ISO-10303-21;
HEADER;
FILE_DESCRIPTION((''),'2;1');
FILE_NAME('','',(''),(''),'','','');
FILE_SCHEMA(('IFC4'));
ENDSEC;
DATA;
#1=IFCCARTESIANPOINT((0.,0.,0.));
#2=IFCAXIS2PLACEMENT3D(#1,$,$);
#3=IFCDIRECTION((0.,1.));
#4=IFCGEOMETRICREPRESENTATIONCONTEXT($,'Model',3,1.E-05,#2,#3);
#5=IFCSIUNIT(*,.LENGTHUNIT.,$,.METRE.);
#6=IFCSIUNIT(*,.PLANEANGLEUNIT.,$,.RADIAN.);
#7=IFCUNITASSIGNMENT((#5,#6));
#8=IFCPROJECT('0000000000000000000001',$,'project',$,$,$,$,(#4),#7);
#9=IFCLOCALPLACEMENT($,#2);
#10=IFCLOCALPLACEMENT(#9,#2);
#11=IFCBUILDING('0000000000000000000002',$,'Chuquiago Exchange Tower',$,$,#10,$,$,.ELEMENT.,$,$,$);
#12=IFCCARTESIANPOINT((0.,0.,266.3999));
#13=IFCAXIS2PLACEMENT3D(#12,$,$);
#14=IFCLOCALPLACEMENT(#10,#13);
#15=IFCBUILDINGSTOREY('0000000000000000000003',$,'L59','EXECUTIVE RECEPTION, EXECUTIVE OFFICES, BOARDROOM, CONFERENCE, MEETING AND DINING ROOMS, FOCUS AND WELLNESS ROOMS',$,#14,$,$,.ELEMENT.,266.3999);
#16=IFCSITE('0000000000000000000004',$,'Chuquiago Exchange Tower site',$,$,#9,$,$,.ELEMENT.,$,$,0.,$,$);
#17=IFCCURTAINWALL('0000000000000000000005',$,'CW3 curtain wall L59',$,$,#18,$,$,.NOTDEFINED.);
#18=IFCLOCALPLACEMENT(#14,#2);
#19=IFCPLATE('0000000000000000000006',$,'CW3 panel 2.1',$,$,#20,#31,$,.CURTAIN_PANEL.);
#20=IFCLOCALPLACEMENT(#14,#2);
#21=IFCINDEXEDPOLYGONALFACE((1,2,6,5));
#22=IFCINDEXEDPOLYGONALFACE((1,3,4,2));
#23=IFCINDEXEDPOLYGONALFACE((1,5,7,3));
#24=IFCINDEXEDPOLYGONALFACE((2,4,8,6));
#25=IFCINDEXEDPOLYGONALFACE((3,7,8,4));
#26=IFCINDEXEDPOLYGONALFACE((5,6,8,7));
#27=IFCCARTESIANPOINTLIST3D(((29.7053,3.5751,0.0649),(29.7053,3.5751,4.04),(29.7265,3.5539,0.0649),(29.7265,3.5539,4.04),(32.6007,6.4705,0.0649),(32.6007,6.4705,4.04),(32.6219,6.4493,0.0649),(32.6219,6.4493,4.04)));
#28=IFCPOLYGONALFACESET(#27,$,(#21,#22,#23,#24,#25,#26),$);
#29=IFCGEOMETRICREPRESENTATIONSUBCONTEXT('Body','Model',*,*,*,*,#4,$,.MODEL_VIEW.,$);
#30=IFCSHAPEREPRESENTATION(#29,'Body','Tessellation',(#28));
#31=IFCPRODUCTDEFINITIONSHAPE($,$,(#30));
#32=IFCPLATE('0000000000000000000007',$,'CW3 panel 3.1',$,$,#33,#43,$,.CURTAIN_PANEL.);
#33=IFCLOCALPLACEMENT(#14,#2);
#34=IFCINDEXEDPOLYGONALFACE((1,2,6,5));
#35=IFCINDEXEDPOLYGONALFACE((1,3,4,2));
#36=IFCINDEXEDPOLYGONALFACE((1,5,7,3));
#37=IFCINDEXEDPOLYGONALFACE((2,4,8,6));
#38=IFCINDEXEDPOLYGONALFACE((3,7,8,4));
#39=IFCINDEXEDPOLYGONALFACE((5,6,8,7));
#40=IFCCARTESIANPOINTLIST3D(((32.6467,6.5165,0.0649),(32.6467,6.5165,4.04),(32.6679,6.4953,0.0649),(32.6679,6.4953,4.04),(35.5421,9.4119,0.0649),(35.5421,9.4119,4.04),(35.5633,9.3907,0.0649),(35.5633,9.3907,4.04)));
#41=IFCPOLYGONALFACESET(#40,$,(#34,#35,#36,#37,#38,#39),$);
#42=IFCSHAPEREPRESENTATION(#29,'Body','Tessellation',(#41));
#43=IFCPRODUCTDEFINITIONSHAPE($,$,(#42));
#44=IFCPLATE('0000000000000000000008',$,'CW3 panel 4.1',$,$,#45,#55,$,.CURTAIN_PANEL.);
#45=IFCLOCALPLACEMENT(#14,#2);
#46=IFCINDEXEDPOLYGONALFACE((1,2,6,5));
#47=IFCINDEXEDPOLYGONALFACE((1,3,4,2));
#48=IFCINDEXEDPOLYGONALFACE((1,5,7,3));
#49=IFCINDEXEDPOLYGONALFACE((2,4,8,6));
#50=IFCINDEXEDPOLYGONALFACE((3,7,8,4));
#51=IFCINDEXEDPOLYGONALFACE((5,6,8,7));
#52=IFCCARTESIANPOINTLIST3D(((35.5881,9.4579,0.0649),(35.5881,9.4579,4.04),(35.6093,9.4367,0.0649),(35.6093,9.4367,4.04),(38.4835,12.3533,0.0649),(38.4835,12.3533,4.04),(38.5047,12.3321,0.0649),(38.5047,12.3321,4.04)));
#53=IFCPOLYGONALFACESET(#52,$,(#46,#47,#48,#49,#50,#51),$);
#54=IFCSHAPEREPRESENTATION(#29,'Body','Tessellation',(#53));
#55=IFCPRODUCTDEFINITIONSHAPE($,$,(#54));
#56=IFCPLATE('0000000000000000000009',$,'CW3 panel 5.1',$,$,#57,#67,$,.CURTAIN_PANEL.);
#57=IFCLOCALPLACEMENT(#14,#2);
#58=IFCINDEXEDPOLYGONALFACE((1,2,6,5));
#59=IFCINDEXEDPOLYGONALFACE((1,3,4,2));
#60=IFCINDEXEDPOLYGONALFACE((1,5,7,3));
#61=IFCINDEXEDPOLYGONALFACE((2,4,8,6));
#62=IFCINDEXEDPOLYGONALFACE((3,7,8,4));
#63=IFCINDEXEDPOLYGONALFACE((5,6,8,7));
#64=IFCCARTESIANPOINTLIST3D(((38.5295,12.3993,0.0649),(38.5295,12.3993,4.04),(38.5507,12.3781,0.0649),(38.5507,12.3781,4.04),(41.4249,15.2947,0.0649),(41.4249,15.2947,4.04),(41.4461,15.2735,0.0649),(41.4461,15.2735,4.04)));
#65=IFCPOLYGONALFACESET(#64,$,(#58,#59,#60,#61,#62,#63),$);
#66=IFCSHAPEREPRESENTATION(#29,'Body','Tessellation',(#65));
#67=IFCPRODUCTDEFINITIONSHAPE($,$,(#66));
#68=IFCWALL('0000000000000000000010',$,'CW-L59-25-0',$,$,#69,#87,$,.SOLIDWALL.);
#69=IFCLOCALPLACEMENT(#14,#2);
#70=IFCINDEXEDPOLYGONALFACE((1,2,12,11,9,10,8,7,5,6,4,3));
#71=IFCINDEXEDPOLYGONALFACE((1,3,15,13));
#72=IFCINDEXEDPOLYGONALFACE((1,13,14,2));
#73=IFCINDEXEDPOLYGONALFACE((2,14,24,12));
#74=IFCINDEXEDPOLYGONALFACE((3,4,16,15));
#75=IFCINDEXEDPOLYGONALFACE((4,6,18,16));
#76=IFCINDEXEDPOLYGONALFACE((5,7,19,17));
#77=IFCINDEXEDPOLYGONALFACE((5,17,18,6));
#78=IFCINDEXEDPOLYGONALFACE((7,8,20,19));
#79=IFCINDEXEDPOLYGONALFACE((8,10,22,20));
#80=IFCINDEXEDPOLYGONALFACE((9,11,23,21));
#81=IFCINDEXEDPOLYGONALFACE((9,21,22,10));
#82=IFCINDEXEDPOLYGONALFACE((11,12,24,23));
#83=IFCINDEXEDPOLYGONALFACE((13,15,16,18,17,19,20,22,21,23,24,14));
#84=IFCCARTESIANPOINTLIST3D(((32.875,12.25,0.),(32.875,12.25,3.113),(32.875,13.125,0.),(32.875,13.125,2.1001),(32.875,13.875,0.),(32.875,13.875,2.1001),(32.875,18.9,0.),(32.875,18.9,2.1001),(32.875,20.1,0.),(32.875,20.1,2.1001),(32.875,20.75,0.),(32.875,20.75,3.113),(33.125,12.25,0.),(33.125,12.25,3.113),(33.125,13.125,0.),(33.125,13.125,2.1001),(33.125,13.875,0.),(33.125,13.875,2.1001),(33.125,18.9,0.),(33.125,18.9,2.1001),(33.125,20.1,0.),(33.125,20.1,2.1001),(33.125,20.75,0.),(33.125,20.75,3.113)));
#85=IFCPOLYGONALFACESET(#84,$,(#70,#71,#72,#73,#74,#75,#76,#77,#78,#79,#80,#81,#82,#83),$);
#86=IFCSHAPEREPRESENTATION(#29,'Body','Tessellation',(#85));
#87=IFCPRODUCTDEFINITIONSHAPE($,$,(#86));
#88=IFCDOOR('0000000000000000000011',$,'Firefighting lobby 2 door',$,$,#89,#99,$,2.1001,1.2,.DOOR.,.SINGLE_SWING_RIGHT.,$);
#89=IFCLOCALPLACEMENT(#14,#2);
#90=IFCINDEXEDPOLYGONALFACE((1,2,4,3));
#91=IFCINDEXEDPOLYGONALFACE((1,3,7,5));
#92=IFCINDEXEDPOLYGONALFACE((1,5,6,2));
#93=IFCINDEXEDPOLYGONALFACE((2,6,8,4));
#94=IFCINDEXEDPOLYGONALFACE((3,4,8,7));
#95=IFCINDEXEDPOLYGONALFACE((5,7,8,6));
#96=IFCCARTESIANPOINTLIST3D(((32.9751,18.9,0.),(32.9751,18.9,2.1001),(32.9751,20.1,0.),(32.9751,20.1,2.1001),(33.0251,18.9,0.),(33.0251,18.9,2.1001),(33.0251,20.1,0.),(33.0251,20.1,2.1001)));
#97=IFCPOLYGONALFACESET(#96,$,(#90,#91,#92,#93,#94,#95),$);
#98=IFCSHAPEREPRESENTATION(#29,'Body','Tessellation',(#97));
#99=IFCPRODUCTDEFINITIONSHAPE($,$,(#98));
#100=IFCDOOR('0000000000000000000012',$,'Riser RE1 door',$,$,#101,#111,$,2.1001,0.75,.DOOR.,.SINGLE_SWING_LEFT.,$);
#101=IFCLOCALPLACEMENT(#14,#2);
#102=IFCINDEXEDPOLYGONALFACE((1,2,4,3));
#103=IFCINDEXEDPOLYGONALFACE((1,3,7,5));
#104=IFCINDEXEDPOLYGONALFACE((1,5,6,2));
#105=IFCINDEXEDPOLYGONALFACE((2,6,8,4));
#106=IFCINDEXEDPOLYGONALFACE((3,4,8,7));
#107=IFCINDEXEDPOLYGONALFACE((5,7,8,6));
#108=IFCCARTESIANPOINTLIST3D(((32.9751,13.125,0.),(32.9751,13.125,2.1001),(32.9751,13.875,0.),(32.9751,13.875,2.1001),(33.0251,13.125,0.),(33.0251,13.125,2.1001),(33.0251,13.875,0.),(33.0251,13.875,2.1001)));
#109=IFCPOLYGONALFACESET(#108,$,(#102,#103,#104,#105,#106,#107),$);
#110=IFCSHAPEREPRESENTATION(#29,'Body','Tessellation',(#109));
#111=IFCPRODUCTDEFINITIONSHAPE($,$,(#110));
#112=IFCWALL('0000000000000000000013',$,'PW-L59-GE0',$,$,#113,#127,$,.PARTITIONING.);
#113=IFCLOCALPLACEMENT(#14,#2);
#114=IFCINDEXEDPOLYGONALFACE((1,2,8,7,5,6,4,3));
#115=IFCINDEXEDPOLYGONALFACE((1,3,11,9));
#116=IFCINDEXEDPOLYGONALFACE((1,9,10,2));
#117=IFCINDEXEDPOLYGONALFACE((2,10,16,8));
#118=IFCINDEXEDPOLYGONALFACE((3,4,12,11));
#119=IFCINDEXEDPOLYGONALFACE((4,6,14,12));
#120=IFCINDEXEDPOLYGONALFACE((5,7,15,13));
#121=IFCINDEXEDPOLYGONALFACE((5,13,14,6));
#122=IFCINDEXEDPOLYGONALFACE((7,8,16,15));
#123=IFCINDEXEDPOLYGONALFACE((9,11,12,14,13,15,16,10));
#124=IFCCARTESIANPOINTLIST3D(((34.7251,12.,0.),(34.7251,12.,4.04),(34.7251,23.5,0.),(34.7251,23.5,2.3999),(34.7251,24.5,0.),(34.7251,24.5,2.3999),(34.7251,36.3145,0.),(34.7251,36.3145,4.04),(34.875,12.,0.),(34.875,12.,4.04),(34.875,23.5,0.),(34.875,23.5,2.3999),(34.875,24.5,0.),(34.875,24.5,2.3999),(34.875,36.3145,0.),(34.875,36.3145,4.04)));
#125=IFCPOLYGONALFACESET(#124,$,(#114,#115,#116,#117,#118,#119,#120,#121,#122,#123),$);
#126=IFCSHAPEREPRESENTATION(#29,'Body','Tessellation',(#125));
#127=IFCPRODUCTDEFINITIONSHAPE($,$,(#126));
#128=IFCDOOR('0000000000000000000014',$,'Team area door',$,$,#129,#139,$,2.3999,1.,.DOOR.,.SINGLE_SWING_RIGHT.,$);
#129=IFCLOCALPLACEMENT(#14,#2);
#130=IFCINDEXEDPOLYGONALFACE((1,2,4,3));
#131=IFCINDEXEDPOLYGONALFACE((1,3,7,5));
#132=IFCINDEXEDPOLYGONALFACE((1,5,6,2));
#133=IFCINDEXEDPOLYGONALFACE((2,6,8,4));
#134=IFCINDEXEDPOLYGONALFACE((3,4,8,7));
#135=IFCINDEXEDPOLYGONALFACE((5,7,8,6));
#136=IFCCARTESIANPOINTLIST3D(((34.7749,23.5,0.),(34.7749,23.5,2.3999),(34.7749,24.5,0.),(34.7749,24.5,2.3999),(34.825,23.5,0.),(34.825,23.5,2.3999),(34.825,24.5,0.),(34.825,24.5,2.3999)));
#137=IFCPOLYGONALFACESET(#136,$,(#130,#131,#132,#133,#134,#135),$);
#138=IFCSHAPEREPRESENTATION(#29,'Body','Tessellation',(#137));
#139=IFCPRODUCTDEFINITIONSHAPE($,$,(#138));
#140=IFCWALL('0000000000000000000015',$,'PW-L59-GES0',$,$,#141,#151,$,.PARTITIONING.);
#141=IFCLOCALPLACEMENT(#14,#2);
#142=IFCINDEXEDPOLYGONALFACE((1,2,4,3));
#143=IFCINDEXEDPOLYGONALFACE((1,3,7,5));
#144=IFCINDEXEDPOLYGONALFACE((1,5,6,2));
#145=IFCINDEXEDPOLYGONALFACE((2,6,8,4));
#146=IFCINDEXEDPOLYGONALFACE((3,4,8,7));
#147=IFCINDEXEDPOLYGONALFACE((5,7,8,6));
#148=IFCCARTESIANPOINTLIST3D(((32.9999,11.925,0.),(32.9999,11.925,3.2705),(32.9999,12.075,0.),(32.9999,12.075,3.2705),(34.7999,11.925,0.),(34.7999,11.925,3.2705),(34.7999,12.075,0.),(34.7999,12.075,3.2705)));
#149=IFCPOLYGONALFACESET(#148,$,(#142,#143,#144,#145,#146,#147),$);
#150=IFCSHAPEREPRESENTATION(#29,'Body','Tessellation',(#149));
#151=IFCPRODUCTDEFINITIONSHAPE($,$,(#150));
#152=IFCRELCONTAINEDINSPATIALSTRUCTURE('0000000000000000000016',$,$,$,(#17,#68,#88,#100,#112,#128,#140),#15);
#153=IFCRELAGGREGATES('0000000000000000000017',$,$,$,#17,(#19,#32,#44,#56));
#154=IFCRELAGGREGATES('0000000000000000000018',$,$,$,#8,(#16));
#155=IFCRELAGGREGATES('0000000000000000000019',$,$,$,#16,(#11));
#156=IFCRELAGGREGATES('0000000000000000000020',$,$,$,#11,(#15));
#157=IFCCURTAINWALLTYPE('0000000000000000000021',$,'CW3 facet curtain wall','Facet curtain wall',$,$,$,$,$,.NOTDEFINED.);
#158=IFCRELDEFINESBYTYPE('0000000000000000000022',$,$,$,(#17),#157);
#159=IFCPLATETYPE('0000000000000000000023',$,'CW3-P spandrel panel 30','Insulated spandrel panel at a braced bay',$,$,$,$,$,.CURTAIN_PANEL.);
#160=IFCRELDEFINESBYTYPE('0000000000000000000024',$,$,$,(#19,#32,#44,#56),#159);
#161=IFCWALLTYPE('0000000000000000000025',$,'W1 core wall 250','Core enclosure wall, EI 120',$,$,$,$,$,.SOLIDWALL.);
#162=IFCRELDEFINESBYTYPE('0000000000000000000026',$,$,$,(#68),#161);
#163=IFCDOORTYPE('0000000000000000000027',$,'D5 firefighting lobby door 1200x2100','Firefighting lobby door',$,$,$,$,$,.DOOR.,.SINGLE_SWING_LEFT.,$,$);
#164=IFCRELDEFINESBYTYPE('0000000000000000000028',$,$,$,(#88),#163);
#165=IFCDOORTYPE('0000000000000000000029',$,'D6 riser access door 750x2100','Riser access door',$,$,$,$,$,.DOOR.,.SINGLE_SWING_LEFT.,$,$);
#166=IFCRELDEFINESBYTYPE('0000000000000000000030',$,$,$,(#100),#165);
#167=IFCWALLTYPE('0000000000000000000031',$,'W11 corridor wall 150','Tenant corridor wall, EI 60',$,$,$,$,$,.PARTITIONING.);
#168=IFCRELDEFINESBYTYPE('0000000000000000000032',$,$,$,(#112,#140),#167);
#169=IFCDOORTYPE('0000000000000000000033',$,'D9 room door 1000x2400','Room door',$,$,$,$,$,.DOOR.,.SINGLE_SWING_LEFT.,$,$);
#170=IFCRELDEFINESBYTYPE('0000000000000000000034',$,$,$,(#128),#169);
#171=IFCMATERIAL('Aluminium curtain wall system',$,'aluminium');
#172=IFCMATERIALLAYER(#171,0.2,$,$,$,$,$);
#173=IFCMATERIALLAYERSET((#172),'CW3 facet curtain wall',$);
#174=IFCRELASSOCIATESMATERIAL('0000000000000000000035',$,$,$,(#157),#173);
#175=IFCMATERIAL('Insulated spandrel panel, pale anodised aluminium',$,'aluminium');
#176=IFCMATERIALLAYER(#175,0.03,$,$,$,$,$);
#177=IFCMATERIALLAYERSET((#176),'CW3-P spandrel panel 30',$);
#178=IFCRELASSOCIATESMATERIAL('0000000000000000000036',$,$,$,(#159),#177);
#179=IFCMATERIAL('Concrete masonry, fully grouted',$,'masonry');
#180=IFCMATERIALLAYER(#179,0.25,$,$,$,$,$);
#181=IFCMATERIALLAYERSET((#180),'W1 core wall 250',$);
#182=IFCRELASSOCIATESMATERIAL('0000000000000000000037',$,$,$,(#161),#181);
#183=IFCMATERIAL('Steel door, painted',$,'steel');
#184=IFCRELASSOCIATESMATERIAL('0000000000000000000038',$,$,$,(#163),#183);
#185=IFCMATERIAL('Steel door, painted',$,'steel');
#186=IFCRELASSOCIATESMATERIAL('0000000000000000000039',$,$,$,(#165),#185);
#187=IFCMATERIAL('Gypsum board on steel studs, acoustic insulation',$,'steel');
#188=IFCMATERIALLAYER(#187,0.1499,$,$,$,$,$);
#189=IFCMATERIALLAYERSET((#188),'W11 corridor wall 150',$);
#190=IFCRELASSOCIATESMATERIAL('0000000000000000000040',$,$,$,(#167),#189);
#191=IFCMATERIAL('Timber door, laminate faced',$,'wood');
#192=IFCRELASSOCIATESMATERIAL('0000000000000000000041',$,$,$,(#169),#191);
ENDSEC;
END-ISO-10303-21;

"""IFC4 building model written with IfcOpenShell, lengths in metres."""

from ifc_helpers import new_model, si_unit, direction, frame, frame_2d, origin, origin_2d, place, context, subcontext, project, spatial, rectangle, extrude, material, layer, layer_set, type_object, element, fill, aggregate, save


model = new_model("IFC4")

# Units and contexts
model_context = context("Model", 3, precision=1e-05, world=origin(), true_north=direction((0.0, 1.0)))
body_context = subcontext(model_context, "Body", "Model", "MODEL_VIEW")
ifc_project = project(units=[si_unit("LENGTHUNIT", "METRE"), si_unit("PLANEANGLEUNIT", "RADIAN")], contexts=[model_context])

# Site, building, storey
site_placement = place(None, origin())
site = spatial("IfcSite", under=ifc_project, at=site_placement, Name="Chuquiago Exchange Tower site", CompositionType="ELEMENT", RefElevation=0.0)
building_placement = place(site_placement, origin())
building = spatial("IfcBuilding", under=site, at=building_placement, Name="Chuquiago Exchange Tower", CompositionType="ELEMENT")
storey_placement = place(building_placement, frame((0.0, 0.0, 266.3999)))
storey = spatial("IfcBuildingStorey", under=building, at=storey_placement, Name="L59", Description="EXECUTIVE RECEPTION, EXECUTIVE OFFICES, BOARDROOM, CONFERENCE, MEETING AND DINING ROOMS, FOCUS AND WELLNESS ROOMS", CompositionType="ELEMENT", Elevation=266.3999)

# Curtain wall
ifc_material_1 = material(Name="Aluminium curtain wall system", Category="aluminium")
ifc_layer_1 = layer(ifc_material_1, 0.2)
ifc_layer_set_1 = layer_set([ifc_layer_1], Name="CW3 facet curtain wall")
curtain_wall_type = type_object("IfcCurtainWallType", Name="CW3 facet curtain wall", Description="Facet curtain wall", PredefinedType="NOTDEFINED", material=ifc_layer_set_1)
curtain_wall_placement = place(storey_placement, origin())
curtain_wall = element("IfcCurtainWall", 1, at=curtain_wall_placement, inside=storey, type_object=curtain_wall_type, Name="CW3 curtain wall L59", PredefinedType="NOTDEFINED")

# Plates
ifc_material_2 = material(Name="Insulated spandrel panel, pale anodised aluminium", Category="aluminium")
ifc_layer_2 = layer(ifc_material_2, 0.03)
ifc_layer_set_2 = layer_set([ifc_layer_2], Name="CW3-P spandrel panel 30")
plate_type = type_object("IfcPlateType", Name="CW3-P spandrel panel 30", Description="Insulated spandrel panel at a braced bay", PredefinedType="CURTAIN_PANEL", material=ifc_layer_set_2)
plate_1_placement = place(storey_placement, frame((31.1636, 5.0122, 0.0649), z_axis=(0.0, 0.0, 1.0), x_axis=(0.707107, 0.707107, 0.0)))
plate_1 = element("IfcPlate", 2, at=plate_1_placement, type_object=plate_type, Name="CW3 panel 2.1", PredefinedType="CURTAIN_PANEL", context=body_context, shape_type="SweptSolid", body=[
    extrude(rectangle(XDim=4.0947, YDim=0.03, at=origin_2d()), origin(), (0.0, 0.0, 1.0), 3.9751),
])
plate_2_placement = place(storey_placement, frame((34.105, 7.9536, 0.0649), z_axis=(0.0, 0.0, 1.0), x_axis=(0.707107, 0.707107, 0.0)))
plate_2 = element("IfcPlate", 3, at=plate_2_placement, type_object=plate_type, Name="CW3 panel 3.1", PredefinedType="CURTAIN_PANEL", context=body_context, shape_type="SweptSolid", body=[
    extrude(rectangle(XDim=4.0947, YDim=0.03, at=origin_2d()), origin(), (0.0, 0.0, 1.0), 3.9751),
])
plate_3_placement = place(storey_placement, frame((37.0464, 10.895, 0.0649), z_axis=(0.0, 0.0, 1.0), x_axis=(0.707107, 0.707107, 0.0)))
plate_3 = element("IfcPlate", 4, at=plate_3_placement, type_object=plate_type, Name="CW3 panel 4.1", PredefinedType="CURTAIN_PANEL", context=body_context, shape_type="SweptSolid", body=[
    extrude(rectangle(XDim=4.0947, YDim=0.03, at=origin_2d()), origin(), (0.0, 0.0, 1.0), 3.9751),
])
plate_4_placement = place(storey_placement, frame((39.9878, 13.8364, 0.0649), z_axis=(0.0, 0.0, 1.0), x_axis=(0.707107, 0.707107, 0.0)))
plate_4 = element("IfcPlate", 5, at=plate_4_placement, type_object=plate_type, Name="CW3 panel 5.1", PredefinedType="CURTAIN_PANEL", context=body_context, shape_type="SweptSolid", body=[
    extrude(rectangle(XDim=4.0947, YDim=0.03, at=origin_2d()), origin(), (0.0, 0.0, 1.0), 3.9751),
])
aggregate(curtain_wall, [plate_1, plate_2, plate_3, plate_4])

# Wall, openings, doors
ifc_material_3 = material(Name="Concrete masonry, fully grouted", Category="masonry")
ifc_layer_3 = layer(ifc_material_3, 0.25)
ifc_layer_set_3 = layer_set([ifc_layer_3], Name="W1 core wall 250")
wall_type_1 = type_object("IfcWallType", Name="W1 core wall 250", Description="Core enclosure wall, EI 120", PredefinedType="SOLIDWALL", material=ifc_layer_set_3)
wall_1_placement = place(storey_placement, frame((33.0, 12.25, 0.0), z_axis=(0.0, 0.0, 1.0), x_axis=(0.0, 1.0, 0.0)))
wall_1 = element("IfcWall", 6, at=wall_1_placement, inside=storey, type_object=wall_type_1, Name="CW-L59-25-0", PredefinedType="SOLIDWALL", context=body_context, shape_type="SweptSolid", body=[
    extrude(rectangle(XDim=8.5, YDim=0.25, at=frame_2d((4.25, 0.0))), origin(), (0.0, 0.0, 1.0), 3.113),
])
opening_1_placement = place(wall_1_placement, frame((6.6499, 0.0, 0.0)))
opening_1 = element("IfcOpeningElement", 7, at=opening_1_placement, cuts=wall_1, PredefinedType="OPENING", context=body_context, shape_type="SweptSolid", body=[
    extrude(rectangle(XDim=1.2, YDim=2.1001, at=frame_2d((0.6001, 1.05))), frame((0.0, 0.135, 0.0), z_axis=(0.0, -1.0, 0.0), x_axis=(1.0, 0.0, 0.0)), (0.0, 0.0, 1.0), 0.27),
])
opening_2_placement = place(wall_1_placement, frame((0.875, 0.0, 0.0)))
opening_2 = element("IfcOpeningElement", 8, at=opening_2_placement, cuts=wall_1, PredefinedType="OPENING", context=body_context, shape_type="SweptSolid", body=[
    extrude(rectangle(XDim=0.75, YDim=2.1001, at=frame_2d((0.375, 1.05))), frame((0.0, 0.135, 0.0), z_axis=(0.0, -1.0, 0.0), x_axis=(1.0, 0.0, 0.0)), (0.0, 0.0, 1.0), 0.27),
])
ifc_material_4 = material(Name="Steel door, painted", Category="steel")
door_type_1 = type_object("IfcDoorType", Name="D5 firefighting lobby door 1200x2100", Description="Firefighting lobby door", OperationType="SINGLE_SWING_LEFT", PredefinedType="DOOR", material=ifc_material_4)
door_1_placement = place(opening_1_placement, origin())
door_1 = element("IfcDoor", 9, at=door_1_placement, inside=storey, type_object=door_type_1, Name="Firefighting lobby 2 door", OperationType="SINGLE_SWING_RIGHT", OverallHeight=2.1001, OverallWidth=1.2, PredefinedType="DOOR", context=body_context, shape_type="SweptSolid", body=[
    extrude(rectangle(XDim=1.2, YDim=2.1001, at=frame_2d((0.6001, 1.05))), frame((0.0, 0.0249, 0.0), z_axis=(0.0, -1.0, 0.0), x_axis=(1.0, 0.0, 0.0)), (0.0, 0.0, 1.0), 0.05),
])
fill(opening_1, door_1)
ifc_material_5 = material(Name="Steel door, painted", Category="steel")
door_type_2 = type_object("IfcDoorType", Name="D6 riser access door 750x2100", Description="Riser access door", OperationType="SINGLE_SWING_LEFT", PredefinedType="DOOR", material=ifc_material_5)
door_2_placement = place(opening_2_placement, origin())
door_2 = element("IfcDoor", 10, at=door_2_placement, inside=storey, type_object=door_type_2, Name="Riser RE1 door", OperationType="SINGLE_SWING_LEFT", OverallHeight=2.1001, OverallWidth=0.75, PredefinedType="DOOR", context=body_context, shape_type="SweptSolid", body=[
    extrude(rectangle(XDim=0.75, YDim=2.1001, at=frame_2d((0.375, 1.05))), frame((0.0, 0.0249, 0.0), z_axis=(0.0, -1.0, 0.0), x_axis=(1.0, 0.0, 0.0)), (0.0, 0.0, 1.0), 0.05),
])
fill(opening_2, door_2)

# Wall, opening, door
ifc_material_6 = material(Name="Gypsum board on steel studs, acoustic insulation", Category="steel")
ifc_layer_4 = layer(ifc_material_6, 0.1499)
ifc_layer_set_4 = layer_set([ifc_layer_4], Name="W11 corridor wall 150")
wall_type_2 = type_object("IfcWallType", Name="W11 corridor wall 150", Description="Tenant corridor wall, EI 60", PredefinedType="PARTITIONING", material=ifc_layer_set_4)
wall_2_placement = place(storey_placement, frame((34.8, 12.0, 0.0), z_axis=(0.0, 0.0, 1.0), x_axis=(0.0, 1.0, 0.0)))
wall_2 = element("IfcWall", 11, at=wall_2_placement, inside=storey, type_object=wall_type_2, Name="PW-L59-GE0", PredefinedType="PARTITIONING", context=body_context, shape_type="SweptSolid", body=[
    extrude(rectangle(XDim=24.3145, YDim=0.1499, at=frame_2d((12.1572, 0.0))), origin(), (0.0, 0.0, 1.0), 4.04),
])
opening_3_placement = place(wall_2_placement, frame((11.5, 0.0, 0.0)))
opening_3 = element("IfcOpeningElement", 12, at=opening_3_placement, cuts=wall_2, PredefinedType="OPENING", context=body_context, shape_type="SweptSolid", body=[
    extrude(rectangle(XDim=1.0, YDim=2.3999, at=frame_2d((0.5, 1.2))), frame((0.0, 0.085, 0.0), z_axis=(0.0, -1.0, 0.0), x_axis=(1.0, 0.0, 0.0)), (0.0, 0.0, 1.0), 0.1699),
])
ifc_material_7 = material(Name="Timber door, laminate faced", Category="wood")
door_type_3 = type_object("IfcDoorType", Name="D9 room door 1000x2400", Description="Room door", OperationType="SINGLE_SWING_LEFT", PredefinedType="DOOR", material=ifc_material_7)
door_3_placement = place(opening_3_placement, frame((1.0, 0.0, 0.0), z_axis=(0.0, 0.0, 1.0), x_axis=(-1.0, 0.0, 0.0)))
door_3 = element("IfcDoor", 13, at=door_3_placement, inside=storey, type_object=door_type_3, Name="Team area door", OperationType="SINGLE_SWING_RIGHT", OverallHeight=2.3999, OverallWidth=1.0, PredefinedType="DOOR", context=body_context, shape_type="SweptSolid", body=[
    extrude(rectangle(XDim=1.0, YDim=2.3999, at=frame_2d((0.5, 1.2))), frame((0.0, 0.0249, 0.0), z_axis=(0.0, -1.0, 0.0), x_axis=(1.0, 0.0, 0.0)), (0.0, 0.0, 1.0), 0.05),
])
fill(opening_3, door_3)

# Wall
wall_3_placement = place(storey_placement, frame((33.0, 12.0, 0.0), z_axis=(0.0, 0.0, 1.0), x_axis=(1.0, 0.0, 0.0)))
element("IfcWall", 14, at=wall_3_placement, inside=storey, type_object=wall_type_2, Name="PW-L59-GES0", PredefinedType="PARTITIONING", context=body_context, shape_type="SweptSolid", body=[
    extrude(rectangle(XDim=1.8, YDim=0.1499, at=frame_2d((0.8999, 0.0))), origin(), (0.0, 0.0, 1.0), 3.2705),
])

save(model, "model.ifc")
